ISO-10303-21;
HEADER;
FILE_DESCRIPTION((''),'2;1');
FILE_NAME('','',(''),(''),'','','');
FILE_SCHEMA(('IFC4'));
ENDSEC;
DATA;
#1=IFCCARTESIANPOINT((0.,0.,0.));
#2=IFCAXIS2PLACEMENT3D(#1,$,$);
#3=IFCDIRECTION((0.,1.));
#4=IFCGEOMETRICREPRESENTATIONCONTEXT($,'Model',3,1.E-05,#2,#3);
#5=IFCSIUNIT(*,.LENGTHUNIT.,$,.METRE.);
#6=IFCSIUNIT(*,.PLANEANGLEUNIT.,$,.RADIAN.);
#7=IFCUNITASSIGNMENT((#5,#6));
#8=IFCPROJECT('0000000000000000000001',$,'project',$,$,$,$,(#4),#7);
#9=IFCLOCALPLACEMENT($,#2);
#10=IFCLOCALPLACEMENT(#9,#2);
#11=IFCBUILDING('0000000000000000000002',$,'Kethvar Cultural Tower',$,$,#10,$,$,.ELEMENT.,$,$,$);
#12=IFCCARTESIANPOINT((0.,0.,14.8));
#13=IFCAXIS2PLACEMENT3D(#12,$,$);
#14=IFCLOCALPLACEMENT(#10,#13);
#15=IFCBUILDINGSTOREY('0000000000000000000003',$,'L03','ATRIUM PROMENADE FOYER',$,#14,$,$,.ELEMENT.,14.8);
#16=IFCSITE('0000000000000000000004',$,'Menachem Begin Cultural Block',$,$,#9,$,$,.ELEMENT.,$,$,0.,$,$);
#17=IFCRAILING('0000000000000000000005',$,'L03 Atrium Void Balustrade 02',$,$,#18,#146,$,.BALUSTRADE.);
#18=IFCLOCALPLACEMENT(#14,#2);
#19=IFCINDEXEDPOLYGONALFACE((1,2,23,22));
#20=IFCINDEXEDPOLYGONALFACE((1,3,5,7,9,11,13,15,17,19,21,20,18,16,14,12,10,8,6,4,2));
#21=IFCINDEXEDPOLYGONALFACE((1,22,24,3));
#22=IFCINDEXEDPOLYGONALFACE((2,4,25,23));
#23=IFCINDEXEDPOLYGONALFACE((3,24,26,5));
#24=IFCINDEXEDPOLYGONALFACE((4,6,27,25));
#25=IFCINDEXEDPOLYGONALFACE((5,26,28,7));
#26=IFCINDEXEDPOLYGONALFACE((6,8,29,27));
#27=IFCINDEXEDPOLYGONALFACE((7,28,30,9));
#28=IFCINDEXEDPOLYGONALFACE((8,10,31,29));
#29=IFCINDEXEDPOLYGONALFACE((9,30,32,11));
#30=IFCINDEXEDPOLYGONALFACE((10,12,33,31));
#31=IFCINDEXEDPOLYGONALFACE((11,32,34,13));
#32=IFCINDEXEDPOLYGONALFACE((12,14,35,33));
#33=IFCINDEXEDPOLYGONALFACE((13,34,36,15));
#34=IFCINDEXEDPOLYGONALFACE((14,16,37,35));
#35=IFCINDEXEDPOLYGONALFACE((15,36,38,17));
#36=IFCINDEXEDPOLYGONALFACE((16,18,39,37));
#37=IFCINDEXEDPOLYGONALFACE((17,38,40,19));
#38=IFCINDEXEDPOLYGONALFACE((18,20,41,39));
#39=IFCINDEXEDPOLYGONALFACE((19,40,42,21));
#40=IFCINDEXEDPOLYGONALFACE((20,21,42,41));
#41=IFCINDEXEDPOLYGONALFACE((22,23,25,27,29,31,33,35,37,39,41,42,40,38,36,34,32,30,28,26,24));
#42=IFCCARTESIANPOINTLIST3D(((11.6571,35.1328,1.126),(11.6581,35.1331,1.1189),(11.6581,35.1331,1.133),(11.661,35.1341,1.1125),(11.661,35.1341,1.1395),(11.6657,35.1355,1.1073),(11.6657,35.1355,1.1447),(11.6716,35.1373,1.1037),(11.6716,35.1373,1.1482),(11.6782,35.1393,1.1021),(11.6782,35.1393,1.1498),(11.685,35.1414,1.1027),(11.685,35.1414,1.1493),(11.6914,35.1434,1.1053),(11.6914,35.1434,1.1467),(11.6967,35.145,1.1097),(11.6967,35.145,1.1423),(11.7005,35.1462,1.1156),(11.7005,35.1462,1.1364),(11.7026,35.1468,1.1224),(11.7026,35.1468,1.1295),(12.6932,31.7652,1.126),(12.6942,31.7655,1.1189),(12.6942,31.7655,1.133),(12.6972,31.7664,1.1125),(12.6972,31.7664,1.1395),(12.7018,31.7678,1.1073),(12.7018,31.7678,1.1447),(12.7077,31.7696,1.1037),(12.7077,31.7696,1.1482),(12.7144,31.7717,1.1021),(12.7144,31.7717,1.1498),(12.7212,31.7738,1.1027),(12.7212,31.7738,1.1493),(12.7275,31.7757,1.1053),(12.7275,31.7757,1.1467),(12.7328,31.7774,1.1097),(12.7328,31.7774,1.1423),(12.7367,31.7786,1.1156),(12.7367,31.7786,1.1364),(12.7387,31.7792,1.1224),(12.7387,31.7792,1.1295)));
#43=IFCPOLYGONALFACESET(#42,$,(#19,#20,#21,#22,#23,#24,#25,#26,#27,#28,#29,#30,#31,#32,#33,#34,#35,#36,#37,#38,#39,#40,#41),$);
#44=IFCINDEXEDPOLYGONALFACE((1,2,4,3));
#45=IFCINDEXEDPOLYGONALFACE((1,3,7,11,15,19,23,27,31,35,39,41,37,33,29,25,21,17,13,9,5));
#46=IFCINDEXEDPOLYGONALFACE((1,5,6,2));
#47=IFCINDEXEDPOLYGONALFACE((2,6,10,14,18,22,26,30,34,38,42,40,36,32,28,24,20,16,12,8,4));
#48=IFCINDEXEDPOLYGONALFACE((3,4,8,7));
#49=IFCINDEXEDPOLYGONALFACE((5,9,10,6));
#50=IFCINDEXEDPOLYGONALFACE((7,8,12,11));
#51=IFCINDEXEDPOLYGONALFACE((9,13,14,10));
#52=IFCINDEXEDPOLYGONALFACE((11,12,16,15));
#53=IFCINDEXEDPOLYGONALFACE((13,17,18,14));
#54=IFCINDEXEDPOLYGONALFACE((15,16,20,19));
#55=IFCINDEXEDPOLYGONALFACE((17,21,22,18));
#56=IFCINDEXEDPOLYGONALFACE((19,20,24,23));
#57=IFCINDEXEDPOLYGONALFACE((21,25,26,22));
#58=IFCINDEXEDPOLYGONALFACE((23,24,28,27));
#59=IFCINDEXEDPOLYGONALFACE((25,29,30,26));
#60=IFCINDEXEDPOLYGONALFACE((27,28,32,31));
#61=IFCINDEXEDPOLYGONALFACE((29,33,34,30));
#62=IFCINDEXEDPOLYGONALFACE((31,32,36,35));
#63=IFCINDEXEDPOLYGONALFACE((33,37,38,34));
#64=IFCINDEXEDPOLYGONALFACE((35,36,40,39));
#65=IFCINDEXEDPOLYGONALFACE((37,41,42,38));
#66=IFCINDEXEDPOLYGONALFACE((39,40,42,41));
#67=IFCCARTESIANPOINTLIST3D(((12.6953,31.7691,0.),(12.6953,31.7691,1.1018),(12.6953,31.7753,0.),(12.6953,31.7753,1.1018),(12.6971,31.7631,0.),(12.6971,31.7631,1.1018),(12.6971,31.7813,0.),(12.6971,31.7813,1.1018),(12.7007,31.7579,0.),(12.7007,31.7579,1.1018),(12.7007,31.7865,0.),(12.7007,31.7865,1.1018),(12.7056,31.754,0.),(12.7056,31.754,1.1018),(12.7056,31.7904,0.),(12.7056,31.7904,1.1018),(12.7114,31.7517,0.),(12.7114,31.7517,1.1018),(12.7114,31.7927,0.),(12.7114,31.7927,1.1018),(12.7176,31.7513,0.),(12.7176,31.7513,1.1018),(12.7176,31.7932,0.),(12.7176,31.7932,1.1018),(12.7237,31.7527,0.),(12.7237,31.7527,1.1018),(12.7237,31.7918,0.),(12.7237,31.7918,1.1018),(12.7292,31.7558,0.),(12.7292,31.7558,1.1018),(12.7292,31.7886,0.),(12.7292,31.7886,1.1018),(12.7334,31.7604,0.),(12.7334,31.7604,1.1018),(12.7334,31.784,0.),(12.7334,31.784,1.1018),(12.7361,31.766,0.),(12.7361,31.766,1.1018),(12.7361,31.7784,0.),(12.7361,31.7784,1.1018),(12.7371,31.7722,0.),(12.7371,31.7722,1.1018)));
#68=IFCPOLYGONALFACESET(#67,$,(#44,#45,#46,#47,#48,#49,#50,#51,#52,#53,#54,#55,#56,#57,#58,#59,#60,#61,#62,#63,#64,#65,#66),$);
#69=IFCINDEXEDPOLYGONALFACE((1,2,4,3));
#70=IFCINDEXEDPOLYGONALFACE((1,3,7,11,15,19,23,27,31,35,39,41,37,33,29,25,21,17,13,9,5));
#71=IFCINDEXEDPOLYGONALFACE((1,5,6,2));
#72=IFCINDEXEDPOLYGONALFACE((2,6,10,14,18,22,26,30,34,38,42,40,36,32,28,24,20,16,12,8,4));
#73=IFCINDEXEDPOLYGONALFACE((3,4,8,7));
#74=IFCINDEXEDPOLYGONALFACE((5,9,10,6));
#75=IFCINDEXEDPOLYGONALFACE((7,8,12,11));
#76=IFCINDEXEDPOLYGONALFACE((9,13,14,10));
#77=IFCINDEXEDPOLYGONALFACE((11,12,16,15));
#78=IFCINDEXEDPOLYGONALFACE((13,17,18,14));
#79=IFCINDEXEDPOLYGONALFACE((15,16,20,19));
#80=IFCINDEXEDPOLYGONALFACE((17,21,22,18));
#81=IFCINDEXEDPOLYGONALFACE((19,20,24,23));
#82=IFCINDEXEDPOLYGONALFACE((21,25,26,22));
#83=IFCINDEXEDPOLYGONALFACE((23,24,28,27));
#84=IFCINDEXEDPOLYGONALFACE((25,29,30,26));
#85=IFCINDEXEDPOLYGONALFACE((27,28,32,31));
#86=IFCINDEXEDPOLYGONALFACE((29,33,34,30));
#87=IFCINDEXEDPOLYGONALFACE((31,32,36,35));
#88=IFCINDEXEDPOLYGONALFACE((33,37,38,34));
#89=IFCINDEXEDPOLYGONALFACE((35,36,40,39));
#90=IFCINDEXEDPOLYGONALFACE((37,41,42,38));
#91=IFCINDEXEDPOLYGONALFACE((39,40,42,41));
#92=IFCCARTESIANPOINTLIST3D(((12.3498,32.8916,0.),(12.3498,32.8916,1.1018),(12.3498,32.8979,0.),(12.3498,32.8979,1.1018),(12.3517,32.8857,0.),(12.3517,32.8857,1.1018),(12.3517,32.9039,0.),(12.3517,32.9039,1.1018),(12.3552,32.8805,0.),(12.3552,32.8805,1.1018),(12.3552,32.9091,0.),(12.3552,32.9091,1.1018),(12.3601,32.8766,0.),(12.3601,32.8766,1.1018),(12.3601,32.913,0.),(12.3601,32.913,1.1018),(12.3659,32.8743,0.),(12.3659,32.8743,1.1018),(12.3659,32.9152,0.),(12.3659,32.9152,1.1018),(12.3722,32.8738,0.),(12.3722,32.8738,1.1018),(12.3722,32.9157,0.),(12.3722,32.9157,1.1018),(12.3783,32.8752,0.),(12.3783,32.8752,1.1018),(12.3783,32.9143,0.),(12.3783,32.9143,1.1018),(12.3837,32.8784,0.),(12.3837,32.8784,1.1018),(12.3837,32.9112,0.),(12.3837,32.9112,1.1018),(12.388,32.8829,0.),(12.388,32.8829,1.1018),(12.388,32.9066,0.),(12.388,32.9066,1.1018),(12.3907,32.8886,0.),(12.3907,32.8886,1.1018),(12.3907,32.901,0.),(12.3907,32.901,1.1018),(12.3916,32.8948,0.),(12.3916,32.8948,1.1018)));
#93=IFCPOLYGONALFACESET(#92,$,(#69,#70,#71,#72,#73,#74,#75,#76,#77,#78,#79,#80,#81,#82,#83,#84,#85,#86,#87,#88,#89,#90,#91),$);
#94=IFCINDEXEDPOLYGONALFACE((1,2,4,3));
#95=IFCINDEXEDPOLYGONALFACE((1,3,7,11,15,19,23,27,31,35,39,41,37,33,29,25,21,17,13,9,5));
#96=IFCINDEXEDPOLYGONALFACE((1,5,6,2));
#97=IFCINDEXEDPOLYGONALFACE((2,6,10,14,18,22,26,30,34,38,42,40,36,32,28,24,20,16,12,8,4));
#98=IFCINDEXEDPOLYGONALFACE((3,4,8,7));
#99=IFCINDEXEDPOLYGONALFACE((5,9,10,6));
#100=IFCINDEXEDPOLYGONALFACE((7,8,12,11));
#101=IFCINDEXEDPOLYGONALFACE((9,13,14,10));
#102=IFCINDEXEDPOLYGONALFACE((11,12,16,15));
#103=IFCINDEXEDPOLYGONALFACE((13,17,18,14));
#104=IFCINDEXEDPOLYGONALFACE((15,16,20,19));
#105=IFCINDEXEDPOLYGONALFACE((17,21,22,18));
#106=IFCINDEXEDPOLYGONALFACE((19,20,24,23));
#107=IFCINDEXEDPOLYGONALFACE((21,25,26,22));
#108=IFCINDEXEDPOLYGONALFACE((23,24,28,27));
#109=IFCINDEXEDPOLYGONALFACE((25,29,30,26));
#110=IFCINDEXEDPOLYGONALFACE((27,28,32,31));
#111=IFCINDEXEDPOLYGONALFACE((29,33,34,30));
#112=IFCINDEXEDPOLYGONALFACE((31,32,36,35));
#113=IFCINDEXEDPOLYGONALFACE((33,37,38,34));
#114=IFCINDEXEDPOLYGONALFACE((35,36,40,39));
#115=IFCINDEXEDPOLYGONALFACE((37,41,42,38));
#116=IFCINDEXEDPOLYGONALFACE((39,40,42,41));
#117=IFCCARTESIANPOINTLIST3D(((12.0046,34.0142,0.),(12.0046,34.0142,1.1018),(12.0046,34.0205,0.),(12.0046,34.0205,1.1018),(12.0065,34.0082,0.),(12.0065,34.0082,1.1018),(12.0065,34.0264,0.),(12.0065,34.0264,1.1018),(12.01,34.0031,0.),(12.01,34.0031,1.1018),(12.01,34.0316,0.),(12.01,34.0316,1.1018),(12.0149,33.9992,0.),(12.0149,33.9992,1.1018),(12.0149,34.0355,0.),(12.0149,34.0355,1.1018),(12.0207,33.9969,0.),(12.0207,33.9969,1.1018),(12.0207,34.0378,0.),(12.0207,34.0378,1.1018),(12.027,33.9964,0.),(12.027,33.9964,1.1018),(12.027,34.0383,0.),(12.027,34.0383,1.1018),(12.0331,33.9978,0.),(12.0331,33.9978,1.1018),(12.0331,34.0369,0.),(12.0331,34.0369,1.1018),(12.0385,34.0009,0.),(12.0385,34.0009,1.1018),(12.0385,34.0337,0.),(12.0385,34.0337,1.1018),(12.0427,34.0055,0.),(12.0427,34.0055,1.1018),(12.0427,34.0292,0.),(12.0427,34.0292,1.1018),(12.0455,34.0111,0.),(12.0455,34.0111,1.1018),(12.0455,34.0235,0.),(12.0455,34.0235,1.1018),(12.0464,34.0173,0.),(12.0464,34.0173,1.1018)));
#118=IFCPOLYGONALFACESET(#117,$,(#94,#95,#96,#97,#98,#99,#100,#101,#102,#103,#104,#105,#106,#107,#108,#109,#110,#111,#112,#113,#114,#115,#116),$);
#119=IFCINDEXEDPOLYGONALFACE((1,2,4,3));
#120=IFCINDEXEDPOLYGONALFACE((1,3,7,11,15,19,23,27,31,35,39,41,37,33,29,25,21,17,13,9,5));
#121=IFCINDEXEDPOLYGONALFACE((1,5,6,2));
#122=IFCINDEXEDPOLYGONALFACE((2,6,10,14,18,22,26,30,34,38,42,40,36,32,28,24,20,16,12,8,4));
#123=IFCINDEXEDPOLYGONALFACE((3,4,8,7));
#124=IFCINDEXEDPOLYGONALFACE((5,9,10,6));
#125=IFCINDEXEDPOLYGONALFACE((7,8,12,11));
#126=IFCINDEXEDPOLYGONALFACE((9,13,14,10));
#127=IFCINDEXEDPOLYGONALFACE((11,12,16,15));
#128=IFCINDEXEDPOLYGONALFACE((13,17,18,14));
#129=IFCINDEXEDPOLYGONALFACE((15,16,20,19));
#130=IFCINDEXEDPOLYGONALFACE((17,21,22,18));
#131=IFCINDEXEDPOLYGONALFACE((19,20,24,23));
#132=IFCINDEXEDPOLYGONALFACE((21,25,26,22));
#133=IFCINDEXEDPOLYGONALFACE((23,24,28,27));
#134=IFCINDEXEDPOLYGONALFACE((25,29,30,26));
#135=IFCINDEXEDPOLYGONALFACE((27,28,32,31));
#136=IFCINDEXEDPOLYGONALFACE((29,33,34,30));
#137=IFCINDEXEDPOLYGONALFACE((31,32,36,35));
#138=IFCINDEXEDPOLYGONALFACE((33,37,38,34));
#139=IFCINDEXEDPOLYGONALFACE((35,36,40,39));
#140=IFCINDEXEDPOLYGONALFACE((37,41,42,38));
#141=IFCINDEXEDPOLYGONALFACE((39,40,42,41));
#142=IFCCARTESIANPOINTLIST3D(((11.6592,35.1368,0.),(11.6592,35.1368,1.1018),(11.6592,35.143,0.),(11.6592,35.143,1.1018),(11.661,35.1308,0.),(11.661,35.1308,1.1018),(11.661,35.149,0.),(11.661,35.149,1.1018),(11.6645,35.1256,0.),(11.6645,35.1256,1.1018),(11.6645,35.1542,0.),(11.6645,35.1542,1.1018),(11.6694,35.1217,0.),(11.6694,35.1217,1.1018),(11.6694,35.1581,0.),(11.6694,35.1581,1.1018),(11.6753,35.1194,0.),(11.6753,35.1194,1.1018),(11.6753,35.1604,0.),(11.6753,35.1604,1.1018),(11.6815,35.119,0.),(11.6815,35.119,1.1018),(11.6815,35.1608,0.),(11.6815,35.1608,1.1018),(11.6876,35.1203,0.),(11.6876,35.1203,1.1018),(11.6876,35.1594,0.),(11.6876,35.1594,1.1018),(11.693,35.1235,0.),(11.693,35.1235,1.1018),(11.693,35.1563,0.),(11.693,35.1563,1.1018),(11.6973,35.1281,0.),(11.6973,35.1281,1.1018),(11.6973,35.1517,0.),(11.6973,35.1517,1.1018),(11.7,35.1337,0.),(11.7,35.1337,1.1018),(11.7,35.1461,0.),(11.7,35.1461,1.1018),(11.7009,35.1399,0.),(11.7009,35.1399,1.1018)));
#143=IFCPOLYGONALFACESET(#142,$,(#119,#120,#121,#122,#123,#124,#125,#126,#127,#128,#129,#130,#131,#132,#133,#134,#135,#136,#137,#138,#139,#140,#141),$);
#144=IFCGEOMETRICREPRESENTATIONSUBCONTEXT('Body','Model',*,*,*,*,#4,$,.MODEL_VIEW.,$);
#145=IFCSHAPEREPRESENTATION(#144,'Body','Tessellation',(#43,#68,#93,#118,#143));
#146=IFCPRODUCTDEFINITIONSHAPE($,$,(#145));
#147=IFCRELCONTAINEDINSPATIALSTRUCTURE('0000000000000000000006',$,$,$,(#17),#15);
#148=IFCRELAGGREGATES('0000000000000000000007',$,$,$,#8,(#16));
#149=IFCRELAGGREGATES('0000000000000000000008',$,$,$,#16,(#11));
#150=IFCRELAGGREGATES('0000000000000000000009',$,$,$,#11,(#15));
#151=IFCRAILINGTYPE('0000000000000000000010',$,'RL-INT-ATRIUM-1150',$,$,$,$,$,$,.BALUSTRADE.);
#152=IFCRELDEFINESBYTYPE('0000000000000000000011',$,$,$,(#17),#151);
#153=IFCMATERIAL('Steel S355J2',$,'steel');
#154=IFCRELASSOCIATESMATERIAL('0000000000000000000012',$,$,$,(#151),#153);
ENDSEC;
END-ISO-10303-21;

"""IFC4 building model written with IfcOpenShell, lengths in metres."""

from ifc_helpers import new_model, si_unit, direction, frame, origin, origin_2d, place, context, subcontext, project, spatial, circle, extrude, material, type_object, element, save


model = new_model("IFC4")

# Units and contexts
model_context = context("Model", 3, precision=1e-05, world=origin(), true_north=direction((0.0, 1.0)))
body_context = subcontext(model_context, "Body", "Model", "MODEL_VIEW")
ifc_project = project(units=[si_unit("LENGTHUNIT", "METRE"), si_unit("PLANEANGLEUNIT", "RADIAN")], contexts=[model_context])

# Site, building, storey
site_placement = place(None, origin())
site = spatial("IfcSite", under=ifc_project, at=site_placement, Name="Menachem Begin Cultural Block", CompositionType="ELEMENT", RefElevation=0.0)
building_placement = place(site_placement, origin())
building = spatial("IfcBuilding", under=site, at=building_placement, Name="Kethvar Cultural Tower", CompositionType="ELEMENT")
storey_placement = place(building_placement, frame((0.0, 0.0, 14.8)))
storey = spatial("IfcBuildingStorey", under=building, at=storey_placement, Name="L03", Description="ATRIUM PROMENADE FOYER", CompositionType="ELEMENT", Elevation=14.8)

# Shared definitions
ifc_material_1 = material(Name="Steel S355J2", Category="steel")

# Railing
railing_type = type_object("IfcRailingType", Name="RL-INT-ATRIUM-1150", PredefinedType="BALUSTRADE", material=ifc_material_1)
railing_1_placement = place(storey_placement, frame((12.7161, 31.7722, 0.0)))
element("IfcRailing", 1, at=railing_1_placement, inside=storey, type_object=railing_type, Name="L03 Atrium Void Balustrade 02", PredefinedType="BALUSTRADE", context=body_context, shape_type="SweptSolid", body=[
    extrude(circle(Radius=0.0239, at=origin_2d()), frame((0.0, 0.0, 1.126), z_axis=(-0.294066, 0.955785, 0.0), x_axis=(-0.955785, -0.294066, 0.0)), (0.0, 0.0, 1.0), 3.5234),
    extrude(circle(Radius=0.021, at=origin_2d()), origin(), (0.0, 0.0, 1.0), 1.1018),
    extrude(circle(Radius=0.021, at=origin_2d()), frame((-0.3455, 1.1226, 0.0)), (0.0, 0.0, 1.0), 1.1018),
    extrude(circle(Radius=0.021, at=origin_2d()), frame((-0.6907, 2.2451, 0.0)), (0.0, 0.0, 1.0), 1.1018),
    extrude(circle(Radius=0.021, at=origin_2d()), frame((-1.0361, 3.3677, 0.0)), (0.0, 0.0, 1.0), 1.1018),
])

save(model, "model.ifc")
